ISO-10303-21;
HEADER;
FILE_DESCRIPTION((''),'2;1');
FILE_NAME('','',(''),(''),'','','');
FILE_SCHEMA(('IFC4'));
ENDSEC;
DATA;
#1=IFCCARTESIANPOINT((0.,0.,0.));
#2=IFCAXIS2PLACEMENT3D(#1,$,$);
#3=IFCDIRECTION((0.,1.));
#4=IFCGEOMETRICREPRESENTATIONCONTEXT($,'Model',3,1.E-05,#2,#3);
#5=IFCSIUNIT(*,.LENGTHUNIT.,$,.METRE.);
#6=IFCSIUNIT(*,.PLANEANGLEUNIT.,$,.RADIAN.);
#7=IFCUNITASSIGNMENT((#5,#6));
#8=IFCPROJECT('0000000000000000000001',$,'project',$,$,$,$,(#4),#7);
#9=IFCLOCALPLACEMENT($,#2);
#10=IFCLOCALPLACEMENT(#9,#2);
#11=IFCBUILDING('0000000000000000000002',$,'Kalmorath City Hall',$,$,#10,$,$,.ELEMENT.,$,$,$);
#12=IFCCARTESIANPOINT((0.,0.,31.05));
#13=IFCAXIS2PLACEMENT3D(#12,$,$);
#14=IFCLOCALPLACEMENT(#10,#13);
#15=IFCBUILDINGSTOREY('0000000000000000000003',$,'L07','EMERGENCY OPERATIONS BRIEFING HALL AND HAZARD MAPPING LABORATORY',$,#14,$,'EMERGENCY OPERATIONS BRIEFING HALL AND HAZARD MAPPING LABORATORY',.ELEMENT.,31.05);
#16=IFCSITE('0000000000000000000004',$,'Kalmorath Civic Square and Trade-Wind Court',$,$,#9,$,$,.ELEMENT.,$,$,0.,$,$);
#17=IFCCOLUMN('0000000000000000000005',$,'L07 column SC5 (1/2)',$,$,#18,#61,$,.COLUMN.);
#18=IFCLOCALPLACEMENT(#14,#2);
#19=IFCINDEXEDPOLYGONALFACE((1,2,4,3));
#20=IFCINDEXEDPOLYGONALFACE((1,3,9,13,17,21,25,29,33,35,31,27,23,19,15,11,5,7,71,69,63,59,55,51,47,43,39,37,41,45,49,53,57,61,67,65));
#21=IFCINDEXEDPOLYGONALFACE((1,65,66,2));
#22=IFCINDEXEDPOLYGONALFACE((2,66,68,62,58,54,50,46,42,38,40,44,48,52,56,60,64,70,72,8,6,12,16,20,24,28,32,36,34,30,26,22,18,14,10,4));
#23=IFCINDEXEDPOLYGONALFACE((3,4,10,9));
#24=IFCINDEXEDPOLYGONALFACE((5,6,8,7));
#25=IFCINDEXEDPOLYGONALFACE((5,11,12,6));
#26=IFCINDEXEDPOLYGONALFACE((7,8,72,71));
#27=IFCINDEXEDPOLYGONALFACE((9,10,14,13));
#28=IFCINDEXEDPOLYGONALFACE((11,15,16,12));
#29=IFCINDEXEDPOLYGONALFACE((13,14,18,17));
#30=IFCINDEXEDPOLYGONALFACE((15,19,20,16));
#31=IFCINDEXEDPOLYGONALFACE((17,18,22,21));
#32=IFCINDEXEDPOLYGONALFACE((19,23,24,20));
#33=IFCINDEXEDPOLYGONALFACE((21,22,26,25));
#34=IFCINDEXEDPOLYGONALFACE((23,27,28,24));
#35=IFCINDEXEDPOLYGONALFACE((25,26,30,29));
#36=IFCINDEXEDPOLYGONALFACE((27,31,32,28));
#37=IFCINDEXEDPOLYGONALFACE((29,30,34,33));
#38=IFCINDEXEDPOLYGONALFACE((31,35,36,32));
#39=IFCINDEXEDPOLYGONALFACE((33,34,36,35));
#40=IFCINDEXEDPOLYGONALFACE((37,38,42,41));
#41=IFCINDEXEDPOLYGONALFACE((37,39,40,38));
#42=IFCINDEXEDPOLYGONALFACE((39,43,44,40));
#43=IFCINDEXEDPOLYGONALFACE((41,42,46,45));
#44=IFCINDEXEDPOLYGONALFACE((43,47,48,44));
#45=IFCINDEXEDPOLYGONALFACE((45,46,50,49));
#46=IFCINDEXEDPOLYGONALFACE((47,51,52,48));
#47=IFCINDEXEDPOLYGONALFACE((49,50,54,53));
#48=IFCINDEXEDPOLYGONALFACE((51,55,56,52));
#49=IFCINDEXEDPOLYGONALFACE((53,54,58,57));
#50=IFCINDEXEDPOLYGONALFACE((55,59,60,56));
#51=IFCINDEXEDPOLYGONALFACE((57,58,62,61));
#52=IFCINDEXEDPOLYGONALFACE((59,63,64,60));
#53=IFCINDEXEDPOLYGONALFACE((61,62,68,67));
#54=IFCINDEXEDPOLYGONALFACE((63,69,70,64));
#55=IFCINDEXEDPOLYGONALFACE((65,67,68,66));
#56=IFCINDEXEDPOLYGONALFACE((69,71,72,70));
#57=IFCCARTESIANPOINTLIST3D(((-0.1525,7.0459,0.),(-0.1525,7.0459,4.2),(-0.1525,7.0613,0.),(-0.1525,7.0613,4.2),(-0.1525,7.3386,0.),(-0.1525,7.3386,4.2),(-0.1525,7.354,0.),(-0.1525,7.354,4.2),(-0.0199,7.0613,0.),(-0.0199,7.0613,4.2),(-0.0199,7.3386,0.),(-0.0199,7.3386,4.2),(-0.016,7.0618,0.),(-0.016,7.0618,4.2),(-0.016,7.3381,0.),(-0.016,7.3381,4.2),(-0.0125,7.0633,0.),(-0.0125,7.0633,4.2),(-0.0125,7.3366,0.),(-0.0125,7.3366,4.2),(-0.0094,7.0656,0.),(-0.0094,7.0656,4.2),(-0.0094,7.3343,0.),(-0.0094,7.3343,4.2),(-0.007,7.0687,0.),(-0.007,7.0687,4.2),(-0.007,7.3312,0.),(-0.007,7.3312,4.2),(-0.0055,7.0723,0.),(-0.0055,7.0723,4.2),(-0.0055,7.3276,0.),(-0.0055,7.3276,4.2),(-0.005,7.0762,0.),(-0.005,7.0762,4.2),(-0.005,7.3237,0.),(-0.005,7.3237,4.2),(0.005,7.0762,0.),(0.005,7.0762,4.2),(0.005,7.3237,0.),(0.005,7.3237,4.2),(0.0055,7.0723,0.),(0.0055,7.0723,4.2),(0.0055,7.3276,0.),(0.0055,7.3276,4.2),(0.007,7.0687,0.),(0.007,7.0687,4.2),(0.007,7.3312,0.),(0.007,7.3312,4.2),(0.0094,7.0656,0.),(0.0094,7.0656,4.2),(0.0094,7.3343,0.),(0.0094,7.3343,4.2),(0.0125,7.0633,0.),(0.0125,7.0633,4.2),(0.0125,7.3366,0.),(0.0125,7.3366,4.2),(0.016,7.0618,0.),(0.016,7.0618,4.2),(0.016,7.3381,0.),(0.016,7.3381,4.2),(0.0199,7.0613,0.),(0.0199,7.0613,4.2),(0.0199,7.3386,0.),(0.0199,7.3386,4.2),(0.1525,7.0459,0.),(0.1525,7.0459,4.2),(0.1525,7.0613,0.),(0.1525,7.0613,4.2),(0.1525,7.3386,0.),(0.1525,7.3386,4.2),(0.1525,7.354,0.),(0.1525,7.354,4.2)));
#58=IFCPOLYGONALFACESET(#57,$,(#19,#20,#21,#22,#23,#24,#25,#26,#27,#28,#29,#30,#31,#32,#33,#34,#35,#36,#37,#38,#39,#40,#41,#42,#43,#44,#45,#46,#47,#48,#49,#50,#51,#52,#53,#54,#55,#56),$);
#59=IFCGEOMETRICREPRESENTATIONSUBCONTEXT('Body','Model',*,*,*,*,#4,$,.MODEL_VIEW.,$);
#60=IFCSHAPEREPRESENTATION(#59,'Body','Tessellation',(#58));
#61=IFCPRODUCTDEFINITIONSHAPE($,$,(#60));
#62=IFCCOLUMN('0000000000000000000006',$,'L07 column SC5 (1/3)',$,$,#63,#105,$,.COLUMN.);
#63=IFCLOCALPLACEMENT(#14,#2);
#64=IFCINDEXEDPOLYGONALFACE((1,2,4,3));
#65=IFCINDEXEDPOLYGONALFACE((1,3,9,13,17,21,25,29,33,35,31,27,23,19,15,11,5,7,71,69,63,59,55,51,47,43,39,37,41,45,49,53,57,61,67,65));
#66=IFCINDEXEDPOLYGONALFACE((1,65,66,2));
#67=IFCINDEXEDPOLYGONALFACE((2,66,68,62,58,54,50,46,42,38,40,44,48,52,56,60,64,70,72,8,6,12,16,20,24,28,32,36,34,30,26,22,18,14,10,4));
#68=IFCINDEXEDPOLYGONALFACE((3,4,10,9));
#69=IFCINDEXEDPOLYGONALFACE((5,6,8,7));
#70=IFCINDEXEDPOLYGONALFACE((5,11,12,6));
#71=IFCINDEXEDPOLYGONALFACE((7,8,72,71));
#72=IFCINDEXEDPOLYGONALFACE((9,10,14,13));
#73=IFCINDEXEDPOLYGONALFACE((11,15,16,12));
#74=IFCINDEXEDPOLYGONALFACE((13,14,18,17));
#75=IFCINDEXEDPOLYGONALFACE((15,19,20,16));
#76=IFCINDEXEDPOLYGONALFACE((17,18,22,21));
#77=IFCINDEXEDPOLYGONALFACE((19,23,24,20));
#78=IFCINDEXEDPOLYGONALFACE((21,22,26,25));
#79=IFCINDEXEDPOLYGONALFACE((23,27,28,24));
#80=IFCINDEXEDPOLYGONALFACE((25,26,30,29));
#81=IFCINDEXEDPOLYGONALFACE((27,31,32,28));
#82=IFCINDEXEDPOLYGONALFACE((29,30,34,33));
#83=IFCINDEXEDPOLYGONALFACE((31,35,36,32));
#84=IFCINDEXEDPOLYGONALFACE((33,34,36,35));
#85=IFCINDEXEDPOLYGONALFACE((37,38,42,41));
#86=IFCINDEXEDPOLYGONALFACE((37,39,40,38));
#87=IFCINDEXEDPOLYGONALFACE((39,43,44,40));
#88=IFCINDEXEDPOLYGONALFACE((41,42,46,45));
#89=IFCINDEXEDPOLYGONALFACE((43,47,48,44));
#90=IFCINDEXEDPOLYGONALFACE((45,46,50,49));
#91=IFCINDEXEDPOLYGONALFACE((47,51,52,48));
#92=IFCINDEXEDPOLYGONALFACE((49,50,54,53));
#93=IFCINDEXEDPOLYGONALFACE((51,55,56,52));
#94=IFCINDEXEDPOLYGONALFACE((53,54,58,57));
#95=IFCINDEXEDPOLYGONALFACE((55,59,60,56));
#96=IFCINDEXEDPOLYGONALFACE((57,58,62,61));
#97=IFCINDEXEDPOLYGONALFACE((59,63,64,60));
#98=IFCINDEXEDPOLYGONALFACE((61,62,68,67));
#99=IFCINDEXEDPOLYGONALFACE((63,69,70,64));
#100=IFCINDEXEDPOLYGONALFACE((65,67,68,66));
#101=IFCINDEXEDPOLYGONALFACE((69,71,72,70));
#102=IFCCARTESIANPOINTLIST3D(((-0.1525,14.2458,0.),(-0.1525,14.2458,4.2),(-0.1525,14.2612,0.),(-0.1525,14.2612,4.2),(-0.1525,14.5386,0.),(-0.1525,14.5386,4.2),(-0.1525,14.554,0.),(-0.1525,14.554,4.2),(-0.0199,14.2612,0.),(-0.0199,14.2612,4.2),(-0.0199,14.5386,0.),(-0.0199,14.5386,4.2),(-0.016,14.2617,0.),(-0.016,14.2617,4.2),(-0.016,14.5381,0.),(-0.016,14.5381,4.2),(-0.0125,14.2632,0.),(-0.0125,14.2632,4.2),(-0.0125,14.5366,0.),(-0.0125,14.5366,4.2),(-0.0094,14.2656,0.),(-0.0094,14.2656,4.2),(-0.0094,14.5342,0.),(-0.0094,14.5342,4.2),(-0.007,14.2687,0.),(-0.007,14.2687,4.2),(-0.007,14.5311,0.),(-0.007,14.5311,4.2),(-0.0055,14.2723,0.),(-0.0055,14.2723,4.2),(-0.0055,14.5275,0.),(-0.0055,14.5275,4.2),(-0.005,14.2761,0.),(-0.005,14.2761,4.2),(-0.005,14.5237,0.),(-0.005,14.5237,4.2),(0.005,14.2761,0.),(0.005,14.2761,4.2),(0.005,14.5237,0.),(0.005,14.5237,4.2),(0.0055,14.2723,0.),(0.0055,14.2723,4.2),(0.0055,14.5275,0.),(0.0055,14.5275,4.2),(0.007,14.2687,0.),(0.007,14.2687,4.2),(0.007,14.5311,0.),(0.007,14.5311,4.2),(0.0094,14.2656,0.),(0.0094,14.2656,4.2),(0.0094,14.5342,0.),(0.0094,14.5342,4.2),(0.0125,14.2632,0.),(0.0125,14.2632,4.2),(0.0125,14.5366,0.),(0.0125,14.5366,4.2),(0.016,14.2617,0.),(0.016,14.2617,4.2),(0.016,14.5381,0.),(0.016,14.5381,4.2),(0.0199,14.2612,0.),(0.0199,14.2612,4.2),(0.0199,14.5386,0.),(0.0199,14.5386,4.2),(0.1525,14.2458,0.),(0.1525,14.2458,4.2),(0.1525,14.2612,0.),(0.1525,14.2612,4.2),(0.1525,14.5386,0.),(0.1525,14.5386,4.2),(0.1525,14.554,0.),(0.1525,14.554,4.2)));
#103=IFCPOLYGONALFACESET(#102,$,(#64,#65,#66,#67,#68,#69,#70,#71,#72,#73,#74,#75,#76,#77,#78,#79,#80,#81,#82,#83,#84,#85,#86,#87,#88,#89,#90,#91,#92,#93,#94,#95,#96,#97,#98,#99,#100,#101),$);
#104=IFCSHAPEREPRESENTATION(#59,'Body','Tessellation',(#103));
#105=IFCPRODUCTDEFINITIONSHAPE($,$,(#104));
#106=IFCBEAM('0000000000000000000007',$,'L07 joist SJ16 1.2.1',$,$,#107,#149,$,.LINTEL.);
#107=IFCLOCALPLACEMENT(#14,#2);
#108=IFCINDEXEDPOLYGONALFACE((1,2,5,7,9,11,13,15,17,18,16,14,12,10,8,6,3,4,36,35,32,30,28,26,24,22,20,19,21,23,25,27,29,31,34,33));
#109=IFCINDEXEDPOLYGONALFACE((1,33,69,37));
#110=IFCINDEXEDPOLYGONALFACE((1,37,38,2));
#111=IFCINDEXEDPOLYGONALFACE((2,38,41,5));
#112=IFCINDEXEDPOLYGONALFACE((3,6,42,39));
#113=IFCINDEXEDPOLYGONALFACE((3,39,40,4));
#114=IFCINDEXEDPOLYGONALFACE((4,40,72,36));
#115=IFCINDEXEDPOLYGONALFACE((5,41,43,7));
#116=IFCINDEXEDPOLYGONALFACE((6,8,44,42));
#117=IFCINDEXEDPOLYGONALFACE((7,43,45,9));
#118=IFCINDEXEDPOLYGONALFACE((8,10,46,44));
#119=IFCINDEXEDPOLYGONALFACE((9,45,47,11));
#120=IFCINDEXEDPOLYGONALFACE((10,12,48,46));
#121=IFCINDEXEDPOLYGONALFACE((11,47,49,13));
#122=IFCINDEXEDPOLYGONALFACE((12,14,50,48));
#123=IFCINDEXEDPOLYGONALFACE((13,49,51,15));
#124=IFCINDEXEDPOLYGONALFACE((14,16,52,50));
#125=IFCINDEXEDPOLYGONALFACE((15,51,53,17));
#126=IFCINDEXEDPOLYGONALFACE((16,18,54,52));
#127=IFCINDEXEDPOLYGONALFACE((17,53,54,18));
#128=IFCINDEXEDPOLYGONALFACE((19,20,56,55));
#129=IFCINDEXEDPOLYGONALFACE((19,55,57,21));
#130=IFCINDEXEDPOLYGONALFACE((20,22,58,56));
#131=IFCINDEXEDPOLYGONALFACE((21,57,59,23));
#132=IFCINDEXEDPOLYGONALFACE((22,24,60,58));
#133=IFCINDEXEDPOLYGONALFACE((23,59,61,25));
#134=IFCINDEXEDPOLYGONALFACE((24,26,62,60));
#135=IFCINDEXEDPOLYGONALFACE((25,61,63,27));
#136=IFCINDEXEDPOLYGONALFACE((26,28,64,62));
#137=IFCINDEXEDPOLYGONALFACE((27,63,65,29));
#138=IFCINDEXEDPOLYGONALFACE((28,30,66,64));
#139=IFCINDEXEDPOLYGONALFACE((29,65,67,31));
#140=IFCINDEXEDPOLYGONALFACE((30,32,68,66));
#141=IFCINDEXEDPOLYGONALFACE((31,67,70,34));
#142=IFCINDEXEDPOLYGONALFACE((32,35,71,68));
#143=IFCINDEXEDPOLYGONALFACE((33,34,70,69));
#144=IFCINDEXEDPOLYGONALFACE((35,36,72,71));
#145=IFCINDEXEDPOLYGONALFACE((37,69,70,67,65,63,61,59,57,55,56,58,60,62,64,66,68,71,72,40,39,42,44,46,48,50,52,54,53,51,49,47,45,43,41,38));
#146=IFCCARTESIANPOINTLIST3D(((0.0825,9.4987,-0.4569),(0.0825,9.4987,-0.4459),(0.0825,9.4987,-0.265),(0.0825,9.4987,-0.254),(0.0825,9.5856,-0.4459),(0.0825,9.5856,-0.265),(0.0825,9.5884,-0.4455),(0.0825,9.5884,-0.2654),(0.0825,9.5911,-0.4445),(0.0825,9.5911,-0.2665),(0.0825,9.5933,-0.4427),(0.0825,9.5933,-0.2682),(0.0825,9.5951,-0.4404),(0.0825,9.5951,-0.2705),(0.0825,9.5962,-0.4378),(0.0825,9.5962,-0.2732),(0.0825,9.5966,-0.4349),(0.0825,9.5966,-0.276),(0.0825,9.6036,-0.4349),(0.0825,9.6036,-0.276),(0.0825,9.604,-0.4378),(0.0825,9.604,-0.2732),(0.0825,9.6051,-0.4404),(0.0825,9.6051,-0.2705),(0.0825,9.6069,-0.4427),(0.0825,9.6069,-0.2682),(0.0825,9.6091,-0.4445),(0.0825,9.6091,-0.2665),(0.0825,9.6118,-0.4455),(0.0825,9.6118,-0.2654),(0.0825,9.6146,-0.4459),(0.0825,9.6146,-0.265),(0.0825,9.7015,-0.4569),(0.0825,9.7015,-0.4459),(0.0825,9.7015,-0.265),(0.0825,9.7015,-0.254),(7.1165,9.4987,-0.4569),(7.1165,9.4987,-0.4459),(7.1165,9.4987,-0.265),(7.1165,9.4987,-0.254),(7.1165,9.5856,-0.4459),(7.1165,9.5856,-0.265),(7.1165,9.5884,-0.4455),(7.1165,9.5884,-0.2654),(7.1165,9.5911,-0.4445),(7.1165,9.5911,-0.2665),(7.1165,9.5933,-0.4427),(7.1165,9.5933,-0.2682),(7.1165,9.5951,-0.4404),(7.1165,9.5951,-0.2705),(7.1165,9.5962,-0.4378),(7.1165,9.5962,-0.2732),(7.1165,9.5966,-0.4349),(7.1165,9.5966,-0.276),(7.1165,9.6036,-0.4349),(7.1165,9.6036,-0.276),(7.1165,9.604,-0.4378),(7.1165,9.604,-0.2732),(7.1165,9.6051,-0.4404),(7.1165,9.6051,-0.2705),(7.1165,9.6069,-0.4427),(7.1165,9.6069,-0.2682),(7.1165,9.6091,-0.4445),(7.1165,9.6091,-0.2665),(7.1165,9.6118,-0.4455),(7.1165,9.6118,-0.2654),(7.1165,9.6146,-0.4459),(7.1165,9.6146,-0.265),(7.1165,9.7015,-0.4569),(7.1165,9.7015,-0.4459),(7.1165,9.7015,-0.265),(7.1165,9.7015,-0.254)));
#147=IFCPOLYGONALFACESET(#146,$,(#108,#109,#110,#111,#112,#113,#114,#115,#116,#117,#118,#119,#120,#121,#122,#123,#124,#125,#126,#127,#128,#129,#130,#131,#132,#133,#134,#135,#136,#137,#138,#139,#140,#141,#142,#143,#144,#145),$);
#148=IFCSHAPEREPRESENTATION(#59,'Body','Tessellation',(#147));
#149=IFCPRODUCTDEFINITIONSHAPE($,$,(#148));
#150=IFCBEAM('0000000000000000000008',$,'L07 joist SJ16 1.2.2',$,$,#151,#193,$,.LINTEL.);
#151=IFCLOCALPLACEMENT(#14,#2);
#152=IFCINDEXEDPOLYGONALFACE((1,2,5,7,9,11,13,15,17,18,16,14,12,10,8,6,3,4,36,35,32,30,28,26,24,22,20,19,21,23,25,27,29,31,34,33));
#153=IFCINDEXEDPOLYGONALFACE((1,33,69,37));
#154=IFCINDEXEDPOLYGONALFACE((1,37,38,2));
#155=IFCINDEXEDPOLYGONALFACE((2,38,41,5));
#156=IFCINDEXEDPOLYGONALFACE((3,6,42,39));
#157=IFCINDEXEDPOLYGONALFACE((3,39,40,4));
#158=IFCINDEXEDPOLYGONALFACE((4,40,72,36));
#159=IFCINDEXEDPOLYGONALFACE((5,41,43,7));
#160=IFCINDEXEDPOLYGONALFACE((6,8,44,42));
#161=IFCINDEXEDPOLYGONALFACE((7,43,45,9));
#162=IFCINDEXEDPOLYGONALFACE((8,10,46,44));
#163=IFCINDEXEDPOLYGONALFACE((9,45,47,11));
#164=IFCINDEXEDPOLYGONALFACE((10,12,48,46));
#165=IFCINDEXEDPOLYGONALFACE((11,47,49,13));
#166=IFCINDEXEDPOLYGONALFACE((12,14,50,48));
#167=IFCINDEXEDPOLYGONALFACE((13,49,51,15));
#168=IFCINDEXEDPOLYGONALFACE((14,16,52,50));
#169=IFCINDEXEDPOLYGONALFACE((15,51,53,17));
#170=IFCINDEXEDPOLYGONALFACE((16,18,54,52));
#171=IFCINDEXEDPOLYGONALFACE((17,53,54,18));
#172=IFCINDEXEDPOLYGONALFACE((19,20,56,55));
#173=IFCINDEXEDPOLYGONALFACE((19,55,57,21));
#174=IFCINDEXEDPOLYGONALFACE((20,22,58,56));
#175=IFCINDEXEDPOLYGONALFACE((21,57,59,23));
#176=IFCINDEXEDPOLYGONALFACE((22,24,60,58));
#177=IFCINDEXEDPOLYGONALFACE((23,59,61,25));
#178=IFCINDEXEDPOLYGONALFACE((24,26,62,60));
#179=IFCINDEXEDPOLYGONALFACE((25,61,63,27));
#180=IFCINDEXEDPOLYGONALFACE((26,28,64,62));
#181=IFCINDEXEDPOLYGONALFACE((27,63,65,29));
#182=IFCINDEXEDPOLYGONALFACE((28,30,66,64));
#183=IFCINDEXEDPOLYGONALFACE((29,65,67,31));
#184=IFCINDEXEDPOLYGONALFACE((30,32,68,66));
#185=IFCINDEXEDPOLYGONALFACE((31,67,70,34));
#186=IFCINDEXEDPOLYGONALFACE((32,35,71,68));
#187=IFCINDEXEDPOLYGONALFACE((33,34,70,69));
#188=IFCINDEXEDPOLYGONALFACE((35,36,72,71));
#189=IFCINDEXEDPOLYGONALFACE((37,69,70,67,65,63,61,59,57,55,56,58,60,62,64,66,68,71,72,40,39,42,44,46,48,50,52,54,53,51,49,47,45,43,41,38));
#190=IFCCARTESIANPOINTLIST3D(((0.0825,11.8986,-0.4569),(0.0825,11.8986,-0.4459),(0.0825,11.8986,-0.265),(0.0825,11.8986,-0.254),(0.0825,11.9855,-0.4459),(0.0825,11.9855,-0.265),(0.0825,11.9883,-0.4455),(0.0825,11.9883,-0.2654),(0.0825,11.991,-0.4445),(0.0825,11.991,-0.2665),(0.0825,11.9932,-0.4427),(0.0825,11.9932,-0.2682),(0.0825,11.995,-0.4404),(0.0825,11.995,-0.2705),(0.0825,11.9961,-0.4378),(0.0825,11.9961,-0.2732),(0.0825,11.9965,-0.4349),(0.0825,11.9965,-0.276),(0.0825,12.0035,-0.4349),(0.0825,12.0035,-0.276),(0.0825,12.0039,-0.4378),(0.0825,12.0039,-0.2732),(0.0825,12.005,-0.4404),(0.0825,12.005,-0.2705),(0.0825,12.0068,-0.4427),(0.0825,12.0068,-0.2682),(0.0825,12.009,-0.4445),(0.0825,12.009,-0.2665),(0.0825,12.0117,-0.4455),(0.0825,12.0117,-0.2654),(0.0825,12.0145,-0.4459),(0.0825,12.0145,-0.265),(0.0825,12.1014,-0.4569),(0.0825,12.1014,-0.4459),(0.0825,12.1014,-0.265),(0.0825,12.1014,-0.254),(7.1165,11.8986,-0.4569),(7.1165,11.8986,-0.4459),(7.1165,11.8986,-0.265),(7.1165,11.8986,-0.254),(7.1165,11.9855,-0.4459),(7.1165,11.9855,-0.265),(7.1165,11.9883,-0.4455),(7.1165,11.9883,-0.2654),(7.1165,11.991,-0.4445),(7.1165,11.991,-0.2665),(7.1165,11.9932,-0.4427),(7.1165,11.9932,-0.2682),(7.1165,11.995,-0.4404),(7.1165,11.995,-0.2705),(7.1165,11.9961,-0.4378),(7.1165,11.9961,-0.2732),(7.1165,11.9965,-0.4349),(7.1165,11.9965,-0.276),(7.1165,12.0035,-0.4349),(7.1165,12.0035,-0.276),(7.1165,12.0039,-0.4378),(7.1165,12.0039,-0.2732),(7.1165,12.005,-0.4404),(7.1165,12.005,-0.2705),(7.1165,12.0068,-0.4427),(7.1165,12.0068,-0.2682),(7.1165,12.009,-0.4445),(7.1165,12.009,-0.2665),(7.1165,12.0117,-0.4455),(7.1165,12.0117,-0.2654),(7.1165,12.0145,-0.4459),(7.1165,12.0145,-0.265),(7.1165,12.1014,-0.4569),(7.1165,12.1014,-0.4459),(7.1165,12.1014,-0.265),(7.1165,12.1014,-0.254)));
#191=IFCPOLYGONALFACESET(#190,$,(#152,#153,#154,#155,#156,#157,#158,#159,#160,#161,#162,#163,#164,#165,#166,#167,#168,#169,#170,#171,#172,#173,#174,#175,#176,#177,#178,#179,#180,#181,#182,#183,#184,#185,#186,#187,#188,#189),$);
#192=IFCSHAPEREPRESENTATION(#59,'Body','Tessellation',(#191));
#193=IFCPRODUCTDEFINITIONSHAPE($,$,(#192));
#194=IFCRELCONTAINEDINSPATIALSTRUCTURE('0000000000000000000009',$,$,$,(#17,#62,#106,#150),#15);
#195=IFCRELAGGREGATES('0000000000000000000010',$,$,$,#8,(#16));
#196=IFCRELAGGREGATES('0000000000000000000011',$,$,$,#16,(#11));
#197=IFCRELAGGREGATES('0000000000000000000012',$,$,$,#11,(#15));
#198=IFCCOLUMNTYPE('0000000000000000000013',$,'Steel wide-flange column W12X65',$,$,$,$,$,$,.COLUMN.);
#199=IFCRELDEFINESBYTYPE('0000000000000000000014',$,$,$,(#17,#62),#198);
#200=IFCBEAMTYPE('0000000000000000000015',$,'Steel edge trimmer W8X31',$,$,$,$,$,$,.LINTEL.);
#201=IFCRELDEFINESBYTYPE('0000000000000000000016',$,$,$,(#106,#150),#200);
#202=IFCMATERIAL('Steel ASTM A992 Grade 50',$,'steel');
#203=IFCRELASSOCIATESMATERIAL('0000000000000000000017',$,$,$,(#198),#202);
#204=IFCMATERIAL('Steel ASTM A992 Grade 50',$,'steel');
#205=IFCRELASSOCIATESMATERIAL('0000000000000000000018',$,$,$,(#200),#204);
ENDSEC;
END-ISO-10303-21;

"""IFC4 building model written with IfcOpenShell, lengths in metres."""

from ifc_helpers import new_model, si_unit, direction, frame, origin, origin_2d, place, context, subcontext, project, spatial, i_section, extrude, material, material_profile, profile_set, type_object, element, save


model = new_model("IFC4")

# Units and contexts
model_context = context("Model", 3, precision=1e-05, world=origin(), true_north=direction((0.0, 1.0)))
body_context = subcontext(model_context, "Body", "Model", "MODEL_VIEW")
ifc_project = project(units=[si_unit("LENGTHUNIT", "METRE"), si_unit("PLANEANGLEUNIT", "RADIAN")], contexts=[model_context])

# Site, building, storey
site_placement = place(None, origin())
site = spatial("IfcSite", under=ifc_project, at=site_placement, Name="Kalmorath Civic Square and Trade-Wind Court", CompositionType="ELEMENT", RefElevation=0.0)
building_placement = place(site_placement, origin())
building = spatial("IfcBuilding", under=site, at=building_placement, Name="Kalmorath City Hall", CompositionType="ELEMENT")
storey_placement = place(building_placement, frame((0.0, 0.0, 31.05)))
storey = spatial("IfcBuildingStorey", under=building, at=storey_placement, Name="L07", Description="EMERGENCY OPERATIONS BRIEFING HALL AND HAZARD MAPPING LABORATORY", LongName="EMERGENCY OPERATIONS BRIEFING HALL AND HAZARD MAPPING LABORATORY", CompositionType="ELEMENT", Elevation=31.05)

# Columns
ifc_material_1 = material(Name="Steel ASTM A992 Grade 50", Category="steel")
ifc_material_profile_1 = material_profile(ifc_material_1, i_section(OverallWidth=0.3049, OverallDepth=0.3081, WebThickness=0.01, FlangeThickness=0.0154, FilletRadius=0.0149, at=origin_2d()), Name="W12X65")
ifc_profile_set_1 = profile_set([ifc_material_profile_1], Name="Steel ASTM A992 Grade 50")
column_type = type_object("IfcColumnType", Name="Steel wide-flange column W12X65", PredefinedType="COLUMN", material=ifc_profile_set_1)
for number, where, z_axis, x_axis, name in (
    (1, (0.0, 7.2, 0.0), (0.0, 0.0, 1.0), (1.0, 0.0, 0.0), "L07 column SC5 (1/2)"),
    (2, (0.0, 14.3999, 0.0), (0.0, 0.0, 1.0), (1.0, 0.0, 0.0), "L07 column SC5 (1/3)"),
):
    element("IfcColumn", number, at=place(storey_placement, frame(where, z_axis=z_axis, x_axis=x_axis)), inside=storey, type_object=column_type, Name=name, PredefinedType="COLUMN", context=body_context, shape_type="SweptSolid", body=[
        extrude(i_section(OverallWidth=0.3049, OverallDepth=0.3081, WebThickness=0.01, FlangeThickness=0.0154, FilletRadius=0.0149, at=origin_2d()), origin(), (0.0, 0.0, 1.0), 4.2),
    ])

# Beams
ifc_material_2 = material(Name="Steel ASTM A992 Grade 50", Category="steel")
ifc_material_profile_2 = material_profile(ifc_material_2, i_section(OverallWidth=0.2029, OverallDepth=0.2029, WebThickness=0.0071, FlangeThickness=0.011, FilletRadius=0.011, at=origin_2d()), Name="W8X31")
ifc_profile_set_2 = profile_set([ifc_material_profile_2], Name="Steel ASTM A992 Grade 50")
beam_type_1 = type_object("IfcBeamType", Name="Steel edge trimmer W8X31", PredefinedType="LINTEL", material=ifc_profile_set_2)
for number, where, z_axis, x_axis, name in (
    (3, (0.0825, 9.6001, -0.3555), (1.0, 0.0, 0.0), (0.0, 1.0, 0.0), "L07 joist SJ16 1.2.1"),
    (4, (0.0825, 12.0, -0.3555), (1.0, 0.0, 0.0), (0.0, 1.0, 0.0), "L07 joist SJ16 1.2.2"),
):
    element("IfcBeam", number, at=place(storey_placement, frame(where, z_axis=z_axis, x_axis=x_axis)), inside=storey, type_object=beam_type_1, Name=name, PredefinedType="LINTEL", context=body_context, shape_type="SweptSolid", body=[
        extrude(i_section(OverallWidth=0.2029, OverallDepth=0.2029, WebThickness=0.0071, FlangeThickness=0.011, FilletRadius=0.011, at=origin_2d()), origin(), (0.0, 0.0, 1.0), 7.0339),
    ])

save(model, "model.ifc")
